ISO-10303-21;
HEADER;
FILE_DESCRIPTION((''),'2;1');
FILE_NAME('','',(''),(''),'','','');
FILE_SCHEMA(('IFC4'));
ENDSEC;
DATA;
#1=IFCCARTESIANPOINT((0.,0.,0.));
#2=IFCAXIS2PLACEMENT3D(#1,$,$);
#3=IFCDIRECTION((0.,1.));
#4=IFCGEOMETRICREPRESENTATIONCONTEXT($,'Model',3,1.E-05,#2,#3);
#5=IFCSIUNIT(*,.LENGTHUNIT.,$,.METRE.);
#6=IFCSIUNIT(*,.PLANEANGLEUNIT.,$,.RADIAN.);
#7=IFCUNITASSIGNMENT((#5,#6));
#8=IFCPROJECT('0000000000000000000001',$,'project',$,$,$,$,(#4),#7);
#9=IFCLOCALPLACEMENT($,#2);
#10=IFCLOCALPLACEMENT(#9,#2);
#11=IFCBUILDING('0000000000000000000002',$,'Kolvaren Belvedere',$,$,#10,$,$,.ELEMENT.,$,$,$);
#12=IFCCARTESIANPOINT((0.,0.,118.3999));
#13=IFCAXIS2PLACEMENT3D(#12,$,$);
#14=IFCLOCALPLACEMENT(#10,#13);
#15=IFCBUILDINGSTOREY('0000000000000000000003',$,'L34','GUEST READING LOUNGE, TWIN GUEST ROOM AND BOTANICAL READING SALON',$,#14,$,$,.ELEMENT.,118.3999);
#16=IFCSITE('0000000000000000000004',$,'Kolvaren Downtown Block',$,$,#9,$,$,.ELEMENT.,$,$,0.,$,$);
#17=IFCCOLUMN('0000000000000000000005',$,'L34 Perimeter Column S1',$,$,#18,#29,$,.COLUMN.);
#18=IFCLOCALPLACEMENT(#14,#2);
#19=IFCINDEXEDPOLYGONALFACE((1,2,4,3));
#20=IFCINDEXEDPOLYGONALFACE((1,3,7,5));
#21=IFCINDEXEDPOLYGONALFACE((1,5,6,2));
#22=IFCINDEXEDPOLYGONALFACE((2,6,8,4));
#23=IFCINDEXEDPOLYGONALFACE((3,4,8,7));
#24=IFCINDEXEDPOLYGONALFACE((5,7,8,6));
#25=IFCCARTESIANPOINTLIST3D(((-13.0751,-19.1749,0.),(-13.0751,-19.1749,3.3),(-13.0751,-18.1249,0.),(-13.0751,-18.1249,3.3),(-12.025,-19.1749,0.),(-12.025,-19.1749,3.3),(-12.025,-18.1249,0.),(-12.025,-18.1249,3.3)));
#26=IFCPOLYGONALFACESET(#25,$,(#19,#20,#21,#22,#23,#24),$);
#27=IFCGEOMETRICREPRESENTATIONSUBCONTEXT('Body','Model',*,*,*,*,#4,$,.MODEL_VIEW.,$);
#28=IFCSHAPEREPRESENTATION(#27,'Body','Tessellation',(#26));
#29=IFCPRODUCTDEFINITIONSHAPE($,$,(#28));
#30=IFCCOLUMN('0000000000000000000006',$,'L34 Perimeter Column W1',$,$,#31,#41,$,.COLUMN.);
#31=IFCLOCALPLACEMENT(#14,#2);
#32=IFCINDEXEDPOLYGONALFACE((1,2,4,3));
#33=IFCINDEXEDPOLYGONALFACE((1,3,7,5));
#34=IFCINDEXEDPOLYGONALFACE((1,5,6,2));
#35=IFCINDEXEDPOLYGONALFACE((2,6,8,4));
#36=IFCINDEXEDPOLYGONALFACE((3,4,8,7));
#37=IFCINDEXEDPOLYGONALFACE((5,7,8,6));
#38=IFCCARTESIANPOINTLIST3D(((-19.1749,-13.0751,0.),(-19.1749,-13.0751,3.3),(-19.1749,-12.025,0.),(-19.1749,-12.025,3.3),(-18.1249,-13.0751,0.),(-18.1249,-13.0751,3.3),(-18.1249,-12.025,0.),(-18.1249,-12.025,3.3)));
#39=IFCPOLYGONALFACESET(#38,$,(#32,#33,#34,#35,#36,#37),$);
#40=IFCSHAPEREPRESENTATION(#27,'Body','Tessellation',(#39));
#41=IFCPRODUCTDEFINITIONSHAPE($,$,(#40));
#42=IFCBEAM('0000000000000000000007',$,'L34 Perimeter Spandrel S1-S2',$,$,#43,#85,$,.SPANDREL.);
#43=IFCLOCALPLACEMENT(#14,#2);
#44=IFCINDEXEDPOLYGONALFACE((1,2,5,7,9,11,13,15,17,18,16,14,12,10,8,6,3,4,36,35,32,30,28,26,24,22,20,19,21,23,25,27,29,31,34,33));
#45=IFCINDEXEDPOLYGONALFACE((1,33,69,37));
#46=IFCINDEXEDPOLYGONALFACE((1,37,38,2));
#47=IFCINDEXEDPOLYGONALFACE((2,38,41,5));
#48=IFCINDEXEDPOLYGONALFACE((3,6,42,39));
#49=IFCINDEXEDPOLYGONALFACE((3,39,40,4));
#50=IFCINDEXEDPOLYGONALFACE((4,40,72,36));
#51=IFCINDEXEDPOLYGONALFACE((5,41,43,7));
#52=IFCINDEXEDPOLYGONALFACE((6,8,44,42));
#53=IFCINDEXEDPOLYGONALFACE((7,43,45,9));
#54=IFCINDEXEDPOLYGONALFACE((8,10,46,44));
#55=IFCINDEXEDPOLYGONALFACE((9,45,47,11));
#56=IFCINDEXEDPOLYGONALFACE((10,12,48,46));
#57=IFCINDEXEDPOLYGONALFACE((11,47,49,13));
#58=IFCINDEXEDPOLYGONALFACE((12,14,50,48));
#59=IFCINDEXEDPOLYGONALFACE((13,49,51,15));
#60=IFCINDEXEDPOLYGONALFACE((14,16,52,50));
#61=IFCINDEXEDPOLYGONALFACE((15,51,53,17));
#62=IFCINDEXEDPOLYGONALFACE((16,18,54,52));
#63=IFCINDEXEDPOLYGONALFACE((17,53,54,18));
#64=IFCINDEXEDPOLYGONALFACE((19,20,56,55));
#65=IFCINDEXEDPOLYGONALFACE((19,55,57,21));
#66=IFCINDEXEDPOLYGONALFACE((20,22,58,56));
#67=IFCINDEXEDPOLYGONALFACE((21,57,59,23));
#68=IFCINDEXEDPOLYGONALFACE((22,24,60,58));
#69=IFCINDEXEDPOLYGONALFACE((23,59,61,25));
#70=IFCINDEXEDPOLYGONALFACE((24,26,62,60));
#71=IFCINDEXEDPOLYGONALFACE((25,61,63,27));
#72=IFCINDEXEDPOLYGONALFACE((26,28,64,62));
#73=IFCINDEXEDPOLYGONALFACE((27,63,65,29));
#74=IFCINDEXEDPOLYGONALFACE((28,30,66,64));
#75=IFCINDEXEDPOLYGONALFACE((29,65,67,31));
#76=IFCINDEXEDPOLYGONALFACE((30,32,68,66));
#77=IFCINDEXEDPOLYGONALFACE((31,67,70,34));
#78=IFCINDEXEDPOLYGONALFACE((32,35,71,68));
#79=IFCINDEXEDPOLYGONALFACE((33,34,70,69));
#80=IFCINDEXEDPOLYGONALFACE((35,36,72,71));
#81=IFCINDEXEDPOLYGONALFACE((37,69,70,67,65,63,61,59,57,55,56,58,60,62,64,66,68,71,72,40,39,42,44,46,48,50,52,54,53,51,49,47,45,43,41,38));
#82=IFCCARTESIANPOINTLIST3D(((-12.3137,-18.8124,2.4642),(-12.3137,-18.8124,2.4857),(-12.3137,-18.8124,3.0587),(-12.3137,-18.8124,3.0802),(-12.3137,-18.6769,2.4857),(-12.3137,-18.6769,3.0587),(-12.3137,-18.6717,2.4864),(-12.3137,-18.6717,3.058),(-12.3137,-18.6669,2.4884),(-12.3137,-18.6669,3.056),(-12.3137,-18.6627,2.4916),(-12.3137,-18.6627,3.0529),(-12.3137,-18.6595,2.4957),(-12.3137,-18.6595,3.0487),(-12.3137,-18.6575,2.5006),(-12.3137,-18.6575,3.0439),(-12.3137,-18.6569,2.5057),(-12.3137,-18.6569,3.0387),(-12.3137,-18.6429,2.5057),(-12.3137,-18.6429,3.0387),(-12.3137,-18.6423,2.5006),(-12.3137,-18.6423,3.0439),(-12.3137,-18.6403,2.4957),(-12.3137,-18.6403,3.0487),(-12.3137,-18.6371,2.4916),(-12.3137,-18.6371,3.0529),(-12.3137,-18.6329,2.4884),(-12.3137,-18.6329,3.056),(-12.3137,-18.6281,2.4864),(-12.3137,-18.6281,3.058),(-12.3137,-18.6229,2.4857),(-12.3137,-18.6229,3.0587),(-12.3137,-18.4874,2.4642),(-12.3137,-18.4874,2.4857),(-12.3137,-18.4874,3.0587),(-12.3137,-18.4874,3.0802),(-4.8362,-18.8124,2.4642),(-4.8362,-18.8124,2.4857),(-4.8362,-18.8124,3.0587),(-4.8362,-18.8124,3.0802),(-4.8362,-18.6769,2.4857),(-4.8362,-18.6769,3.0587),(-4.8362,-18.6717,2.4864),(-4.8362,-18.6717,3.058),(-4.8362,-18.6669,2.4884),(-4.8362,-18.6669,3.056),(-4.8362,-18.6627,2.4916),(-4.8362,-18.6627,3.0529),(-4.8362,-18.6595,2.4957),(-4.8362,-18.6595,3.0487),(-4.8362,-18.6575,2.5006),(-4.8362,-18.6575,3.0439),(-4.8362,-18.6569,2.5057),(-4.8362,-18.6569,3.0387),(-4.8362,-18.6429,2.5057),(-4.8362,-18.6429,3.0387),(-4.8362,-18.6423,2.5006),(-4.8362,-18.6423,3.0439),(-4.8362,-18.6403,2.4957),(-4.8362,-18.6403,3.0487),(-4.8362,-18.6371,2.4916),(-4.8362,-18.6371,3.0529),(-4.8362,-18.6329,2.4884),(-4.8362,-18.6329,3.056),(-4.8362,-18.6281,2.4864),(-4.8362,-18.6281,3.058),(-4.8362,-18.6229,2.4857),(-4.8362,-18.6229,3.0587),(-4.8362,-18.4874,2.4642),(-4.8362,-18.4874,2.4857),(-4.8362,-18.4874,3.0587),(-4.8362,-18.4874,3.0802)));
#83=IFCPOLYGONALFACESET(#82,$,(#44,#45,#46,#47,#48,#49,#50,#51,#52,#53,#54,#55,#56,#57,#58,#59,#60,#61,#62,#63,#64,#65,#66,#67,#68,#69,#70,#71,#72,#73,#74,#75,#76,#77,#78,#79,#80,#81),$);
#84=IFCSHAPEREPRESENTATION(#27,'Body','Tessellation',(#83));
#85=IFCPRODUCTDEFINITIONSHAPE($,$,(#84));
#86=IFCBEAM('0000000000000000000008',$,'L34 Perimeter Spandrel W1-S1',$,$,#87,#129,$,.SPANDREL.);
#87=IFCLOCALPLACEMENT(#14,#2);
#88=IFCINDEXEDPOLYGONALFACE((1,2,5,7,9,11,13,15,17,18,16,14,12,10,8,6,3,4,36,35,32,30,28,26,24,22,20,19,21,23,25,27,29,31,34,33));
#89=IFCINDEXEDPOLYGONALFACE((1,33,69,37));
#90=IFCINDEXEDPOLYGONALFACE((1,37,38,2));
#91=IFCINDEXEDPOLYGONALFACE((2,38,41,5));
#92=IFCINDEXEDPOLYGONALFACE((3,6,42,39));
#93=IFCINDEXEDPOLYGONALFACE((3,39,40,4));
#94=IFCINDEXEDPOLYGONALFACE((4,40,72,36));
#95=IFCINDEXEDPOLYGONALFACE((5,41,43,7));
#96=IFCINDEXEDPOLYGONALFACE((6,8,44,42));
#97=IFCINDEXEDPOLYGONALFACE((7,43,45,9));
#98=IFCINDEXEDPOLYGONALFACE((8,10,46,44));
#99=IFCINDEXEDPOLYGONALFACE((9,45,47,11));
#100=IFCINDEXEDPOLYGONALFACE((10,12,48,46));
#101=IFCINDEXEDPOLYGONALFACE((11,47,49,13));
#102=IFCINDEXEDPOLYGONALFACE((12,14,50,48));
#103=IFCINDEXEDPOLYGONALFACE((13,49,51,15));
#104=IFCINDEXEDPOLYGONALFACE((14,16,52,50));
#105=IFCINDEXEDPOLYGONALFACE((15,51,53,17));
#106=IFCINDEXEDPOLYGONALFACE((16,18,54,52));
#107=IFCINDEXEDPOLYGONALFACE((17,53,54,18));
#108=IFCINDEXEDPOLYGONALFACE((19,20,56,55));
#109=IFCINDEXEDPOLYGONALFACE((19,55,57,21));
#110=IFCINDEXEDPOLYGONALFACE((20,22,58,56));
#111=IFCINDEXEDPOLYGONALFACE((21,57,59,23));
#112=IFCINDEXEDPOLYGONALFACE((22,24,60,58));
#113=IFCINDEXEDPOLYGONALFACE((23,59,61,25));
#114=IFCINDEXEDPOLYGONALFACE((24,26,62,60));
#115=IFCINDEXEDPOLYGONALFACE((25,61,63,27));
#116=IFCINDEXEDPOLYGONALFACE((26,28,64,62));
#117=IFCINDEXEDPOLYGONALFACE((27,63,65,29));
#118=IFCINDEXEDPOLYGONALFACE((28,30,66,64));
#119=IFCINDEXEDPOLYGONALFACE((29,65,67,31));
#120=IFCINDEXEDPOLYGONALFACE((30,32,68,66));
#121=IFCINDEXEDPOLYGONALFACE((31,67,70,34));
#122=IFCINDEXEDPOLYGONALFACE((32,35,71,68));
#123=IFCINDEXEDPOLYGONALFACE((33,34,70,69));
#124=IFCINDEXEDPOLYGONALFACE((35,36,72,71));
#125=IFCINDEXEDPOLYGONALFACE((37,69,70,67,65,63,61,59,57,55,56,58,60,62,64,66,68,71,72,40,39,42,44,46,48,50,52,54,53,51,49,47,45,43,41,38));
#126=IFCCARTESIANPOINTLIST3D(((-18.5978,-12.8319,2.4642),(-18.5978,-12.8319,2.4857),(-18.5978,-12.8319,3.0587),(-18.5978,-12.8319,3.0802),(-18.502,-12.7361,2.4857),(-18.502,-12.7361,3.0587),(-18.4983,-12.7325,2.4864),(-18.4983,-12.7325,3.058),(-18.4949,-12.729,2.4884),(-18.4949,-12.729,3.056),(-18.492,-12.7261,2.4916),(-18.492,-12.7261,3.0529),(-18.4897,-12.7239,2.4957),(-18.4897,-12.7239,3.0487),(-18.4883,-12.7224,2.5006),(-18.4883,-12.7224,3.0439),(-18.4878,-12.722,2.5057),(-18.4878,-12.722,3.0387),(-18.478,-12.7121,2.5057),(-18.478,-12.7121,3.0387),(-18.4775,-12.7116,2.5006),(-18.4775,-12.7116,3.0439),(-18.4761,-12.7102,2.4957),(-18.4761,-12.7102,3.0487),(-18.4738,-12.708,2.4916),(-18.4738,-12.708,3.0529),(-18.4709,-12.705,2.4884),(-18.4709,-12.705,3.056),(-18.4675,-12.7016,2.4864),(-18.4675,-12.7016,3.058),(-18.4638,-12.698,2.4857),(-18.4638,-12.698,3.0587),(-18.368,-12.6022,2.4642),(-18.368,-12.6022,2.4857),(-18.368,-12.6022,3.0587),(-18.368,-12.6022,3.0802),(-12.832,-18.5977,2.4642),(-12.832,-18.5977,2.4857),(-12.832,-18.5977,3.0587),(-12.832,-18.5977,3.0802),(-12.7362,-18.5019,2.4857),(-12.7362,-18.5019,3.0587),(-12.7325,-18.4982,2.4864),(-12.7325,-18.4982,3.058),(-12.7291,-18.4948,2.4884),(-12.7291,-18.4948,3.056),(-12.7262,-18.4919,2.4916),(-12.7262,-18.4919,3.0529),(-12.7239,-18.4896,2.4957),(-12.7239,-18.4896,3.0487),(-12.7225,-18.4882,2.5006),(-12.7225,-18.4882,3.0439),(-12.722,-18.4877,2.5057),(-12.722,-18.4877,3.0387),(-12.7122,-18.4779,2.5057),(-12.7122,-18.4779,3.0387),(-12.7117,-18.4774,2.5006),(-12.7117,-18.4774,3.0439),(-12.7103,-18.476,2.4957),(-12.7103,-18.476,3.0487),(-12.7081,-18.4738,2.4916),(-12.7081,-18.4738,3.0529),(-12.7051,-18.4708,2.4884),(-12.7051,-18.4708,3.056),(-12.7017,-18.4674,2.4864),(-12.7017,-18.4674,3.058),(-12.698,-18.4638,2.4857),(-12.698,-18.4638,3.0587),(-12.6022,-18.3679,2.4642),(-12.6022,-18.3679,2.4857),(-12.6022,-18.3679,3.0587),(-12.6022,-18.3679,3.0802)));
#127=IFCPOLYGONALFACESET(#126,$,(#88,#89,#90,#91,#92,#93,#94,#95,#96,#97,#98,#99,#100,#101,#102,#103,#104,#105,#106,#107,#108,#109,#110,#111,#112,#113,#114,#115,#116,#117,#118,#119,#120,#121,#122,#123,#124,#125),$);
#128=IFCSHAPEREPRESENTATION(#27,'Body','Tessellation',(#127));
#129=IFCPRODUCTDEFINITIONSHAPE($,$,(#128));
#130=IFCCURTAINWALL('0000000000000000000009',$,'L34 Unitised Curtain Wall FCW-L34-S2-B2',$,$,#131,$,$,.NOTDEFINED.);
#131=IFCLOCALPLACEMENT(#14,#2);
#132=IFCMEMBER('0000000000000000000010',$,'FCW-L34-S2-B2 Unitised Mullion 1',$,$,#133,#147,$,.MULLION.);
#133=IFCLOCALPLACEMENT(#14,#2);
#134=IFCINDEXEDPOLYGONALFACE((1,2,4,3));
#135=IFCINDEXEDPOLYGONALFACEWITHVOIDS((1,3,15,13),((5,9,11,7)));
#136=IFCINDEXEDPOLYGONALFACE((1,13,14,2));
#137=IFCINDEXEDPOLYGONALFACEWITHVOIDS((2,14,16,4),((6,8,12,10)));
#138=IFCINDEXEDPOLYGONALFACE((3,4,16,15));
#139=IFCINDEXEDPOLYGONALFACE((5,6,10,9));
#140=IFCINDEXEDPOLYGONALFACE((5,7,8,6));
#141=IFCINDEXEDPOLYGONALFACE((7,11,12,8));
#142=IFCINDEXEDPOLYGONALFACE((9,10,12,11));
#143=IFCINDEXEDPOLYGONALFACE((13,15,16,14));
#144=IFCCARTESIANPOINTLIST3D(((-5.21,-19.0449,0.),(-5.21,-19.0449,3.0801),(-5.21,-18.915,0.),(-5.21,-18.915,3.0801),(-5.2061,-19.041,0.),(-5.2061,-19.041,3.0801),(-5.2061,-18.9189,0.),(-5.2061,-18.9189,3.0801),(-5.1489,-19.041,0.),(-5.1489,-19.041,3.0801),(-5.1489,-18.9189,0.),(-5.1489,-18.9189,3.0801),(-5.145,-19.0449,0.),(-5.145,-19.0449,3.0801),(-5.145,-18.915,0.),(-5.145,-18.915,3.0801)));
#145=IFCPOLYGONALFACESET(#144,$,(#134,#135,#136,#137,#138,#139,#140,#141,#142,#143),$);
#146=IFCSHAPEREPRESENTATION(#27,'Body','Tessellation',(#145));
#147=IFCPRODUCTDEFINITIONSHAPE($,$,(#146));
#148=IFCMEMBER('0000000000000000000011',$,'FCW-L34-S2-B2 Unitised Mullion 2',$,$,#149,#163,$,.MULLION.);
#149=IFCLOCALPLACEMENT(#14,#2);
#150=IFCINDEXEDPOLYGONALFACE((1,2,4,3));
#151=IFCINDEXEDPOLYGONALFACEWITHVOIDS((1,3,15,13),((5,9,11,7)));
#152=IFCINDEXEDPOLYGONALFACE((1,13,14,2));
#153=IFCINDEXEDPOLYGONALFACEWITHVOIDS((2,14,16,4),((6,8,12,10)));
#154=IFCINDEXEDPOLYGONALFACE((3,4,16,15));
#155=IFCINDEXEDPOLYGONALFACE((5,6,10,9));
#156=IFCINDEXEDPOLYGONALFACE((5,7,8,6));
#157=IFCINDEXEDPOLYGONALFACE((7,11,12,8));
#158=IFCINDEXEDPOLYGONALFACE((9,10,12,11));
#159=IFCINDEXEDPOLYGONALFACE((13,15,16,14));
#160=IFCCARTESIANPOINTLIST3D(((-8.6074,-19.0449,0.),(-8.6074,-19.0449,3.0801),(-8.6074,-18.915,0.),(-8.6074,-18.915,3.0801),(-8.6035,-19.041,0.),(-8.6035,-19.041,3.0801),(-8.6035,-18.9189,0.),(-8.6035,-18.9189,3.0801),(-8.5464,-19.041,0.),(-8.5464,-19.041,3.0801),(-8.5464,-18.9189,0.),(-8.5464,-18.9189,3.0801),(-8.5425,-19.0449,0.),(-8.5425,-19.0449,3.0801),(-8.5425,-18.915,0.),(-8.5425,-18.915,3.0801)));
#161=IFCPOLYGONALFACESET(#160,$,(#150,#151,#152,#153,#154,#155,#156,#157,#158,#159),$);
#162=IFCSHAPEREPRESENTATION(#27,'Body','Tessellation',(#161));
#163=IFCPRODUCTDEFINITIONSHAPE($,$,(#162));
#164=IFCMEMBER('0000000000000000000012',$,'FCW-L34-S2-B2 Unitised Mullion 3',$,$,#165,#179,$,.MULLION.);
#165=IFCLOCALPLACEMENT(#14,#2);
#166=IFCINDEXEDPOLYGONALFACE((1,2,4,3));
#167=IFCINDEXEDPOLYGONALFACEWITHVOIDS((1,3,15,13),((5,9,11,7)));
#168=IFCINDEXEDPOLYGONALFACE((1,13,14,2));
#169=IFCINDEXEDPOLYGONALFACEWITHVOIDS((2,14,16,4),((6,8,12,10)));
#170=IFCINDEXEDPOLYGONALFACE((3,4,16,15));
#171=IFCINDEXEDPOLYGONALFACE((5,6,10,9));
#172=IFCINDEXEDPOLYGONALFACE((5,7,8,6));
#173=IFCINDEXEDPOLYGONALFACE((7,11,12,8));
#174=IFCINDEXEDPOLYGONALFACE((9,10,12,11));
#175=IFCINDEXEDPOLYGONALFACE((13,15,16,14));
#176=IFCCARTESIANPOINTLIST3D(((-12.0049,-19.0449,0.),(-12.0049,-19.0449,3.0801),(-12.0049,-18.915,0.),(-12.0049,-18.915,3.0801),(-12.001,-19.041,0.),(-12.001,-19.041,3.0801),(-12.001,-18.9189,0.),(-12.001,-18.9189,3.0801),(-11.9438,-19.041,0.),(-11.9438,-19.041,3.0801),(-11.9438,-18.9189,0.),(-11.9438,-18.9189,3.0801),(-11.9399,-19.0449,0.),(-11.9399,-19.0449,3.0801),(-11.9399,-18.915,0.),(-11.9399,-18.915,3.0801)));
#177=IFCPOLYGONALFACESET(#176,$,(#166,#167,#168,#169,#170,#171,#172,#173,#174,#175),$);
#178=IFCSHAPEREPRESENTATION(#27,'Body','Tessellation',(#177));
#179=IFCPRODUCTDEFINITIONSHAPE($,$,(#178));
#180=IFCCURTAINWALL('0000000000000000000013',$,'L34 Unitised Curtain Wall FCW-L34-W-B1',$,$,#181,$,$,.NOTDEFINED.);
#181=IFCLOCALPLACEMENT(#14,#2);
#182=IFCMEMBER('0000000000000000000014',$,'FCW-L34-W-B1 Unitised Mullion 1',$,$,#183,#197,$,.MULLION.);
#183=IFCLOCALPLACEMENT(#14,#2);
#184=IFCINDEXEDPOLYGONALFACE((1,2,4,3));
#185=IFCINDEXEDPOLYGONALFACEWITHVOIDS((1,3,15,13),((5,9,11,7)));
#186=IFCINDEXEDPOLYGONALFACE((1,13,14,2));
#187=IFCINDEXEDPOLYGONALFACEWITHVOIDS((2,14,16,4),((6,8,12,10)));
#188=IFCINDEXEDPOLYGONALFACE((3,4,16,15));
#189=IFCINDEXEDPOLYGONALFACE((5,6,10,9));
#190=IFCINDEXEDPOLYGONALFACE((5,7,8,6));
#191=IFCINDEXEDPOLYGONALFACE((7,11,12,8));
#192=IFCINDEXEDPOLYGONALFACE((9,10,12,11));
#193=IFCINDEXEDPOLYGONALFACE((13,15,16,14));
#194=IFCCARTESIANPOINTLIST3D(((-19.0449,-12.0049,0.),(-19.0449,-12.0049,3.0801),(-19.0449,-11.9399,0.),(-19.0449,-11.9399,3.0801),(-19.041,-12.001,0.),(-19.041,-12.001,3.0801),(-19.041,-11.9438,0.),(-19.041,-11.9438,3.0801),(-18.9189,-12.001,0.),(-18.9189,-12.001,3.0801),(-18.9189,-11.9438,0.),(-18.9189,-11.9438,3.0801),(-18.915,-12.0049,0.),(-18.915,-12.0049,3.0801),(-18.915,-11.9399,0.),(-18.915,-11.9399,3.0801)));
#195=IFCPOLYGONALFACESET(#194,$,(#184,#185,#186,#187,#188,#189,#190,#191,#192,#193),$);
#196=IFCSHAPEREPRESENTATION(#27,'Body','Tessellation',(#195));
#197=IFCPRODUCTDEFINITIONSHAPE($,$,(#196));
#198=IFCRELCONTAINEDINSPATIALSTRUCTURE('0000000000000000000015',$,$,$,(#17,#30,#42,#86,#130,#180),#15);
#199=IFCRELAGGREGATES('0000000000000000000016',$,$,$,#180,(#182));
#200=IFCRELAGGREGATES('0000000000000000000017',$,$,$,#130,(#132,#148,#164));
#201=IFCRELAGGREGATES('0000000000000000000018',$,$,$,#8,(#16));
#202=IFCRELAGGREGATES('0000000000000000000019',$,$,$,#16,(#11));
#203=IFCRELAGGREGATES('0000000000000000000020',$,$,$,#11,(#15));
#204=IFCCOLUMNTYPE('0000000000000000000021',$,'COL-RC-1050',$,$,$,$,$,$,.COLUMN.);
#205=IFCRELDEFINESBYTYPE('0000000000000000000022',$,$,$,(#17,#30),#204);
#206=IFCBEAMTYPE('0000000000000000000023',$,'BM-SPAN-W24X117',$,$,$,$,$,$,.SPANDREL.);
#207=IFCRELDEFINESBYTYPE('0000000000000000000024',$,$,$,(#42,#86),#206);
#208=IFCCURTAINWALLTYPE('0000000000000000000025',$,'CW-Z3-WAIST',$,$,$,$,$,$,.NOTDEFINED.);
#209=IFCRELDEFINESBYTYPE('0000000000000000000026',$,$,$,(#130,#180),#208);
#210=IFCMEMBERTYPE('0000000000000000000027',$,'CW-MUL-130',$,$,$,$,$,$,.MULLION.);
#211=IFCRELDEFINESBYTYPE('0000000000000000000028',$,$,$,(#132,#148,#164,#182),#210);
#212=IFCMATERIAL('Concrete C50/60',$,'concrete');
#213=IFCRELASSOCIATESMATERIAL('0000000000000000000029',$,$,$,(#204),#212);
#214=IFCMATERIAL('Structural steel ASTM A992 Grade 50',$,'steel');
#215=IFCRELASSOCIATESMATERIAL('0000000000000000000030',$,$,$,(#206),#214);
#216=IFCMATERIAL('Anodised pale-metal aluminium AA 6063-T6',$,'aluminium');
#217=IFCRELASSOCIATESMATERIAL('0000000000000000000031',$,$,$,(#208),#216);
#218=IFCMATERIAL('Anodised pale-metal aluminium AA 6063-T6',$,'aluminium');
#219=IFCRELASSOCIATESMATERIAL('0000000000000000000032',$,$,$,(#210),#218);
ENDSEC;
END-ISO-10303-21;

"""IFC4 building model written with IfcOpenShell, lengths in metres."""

from ifc_helpers import new_model, si_unit, direction, frame, origin, origin_2d, place, context, subcontext, project, spatial, rectangle, hollow_rectangle, i_section, extrude, material, material_profile, profile_set, type_object, element, aggregate, save


model = new_model("IFC4")

# Units and contexts
model_context = context("Model", 3, precision=1e-05, world=origin(), true_north=direction((0.0, 1.0)))
body_context = subcontext(model_context, "Body", "Model", "MODEL_VIEW")
ifc_project = project(units=[si_unit("LENGTHUNIT", "METRE"), si_unit("PLANEANGLEUNIT", "RADIAN")], contexts=[model_context])

# Site, building, storey
site_placement = place(None, origin())
site = spatial("IfcSite", under=ifc_project, at=site_placement, Name="Kolvaren Downtown Block", CompositionType="ELEMENT", RefElevation=0.0)
building_placement = place(site_placement, origin())
building = spatial("IfcBuilding", under=site, at=building_placement, Name="Kolvaren Belvedere", CompositionType="ELEMENT")
storey_placement = place(building_placement, frame((0.0, 0.0, 118.3999)))
storey = spatial("IfcBuildingStorey", under=building, at=storey_placement, Name="L34", Description="GUEST READING LOUNGE, TWIN GUEST ROOM AND BOTANICAL READING SALON", CompositionType="ELEMENT", Elevation=118.3999)

# Columns
ifc_material_1 = material(Name="Concrete C50/60", Category="concrete")
ifc_material_profile_1 = material_profile(ifc_material_1, rectangle(XDim=1.05, YDim=1.05, at=origin_2d()), Name="RC 1050X1050")
ifc_profile_set_1 = profile_set([ifc_material_profile_1], Name="Concrete C50/60")
column_type = type_object("IfcColumnType", Name="COL-RC-1050", PredefinedType="COLUMN", material=ifc_profile_set_1)
for number, where, z_axis, x_axis, name in (
    (1, (-12.55, -18.6499, 0.0), (0.0, 0.0, 1.0), (1.0, 0.0, 0.0), "L34 Perimeter Column S1"),
    (2, (-18.6499, -12.55, 0.0), (0.0, 0.0, 1.0), (1.0, 0.0, 0.0), "L34 Perimeter Column W1"),
):
    element("IfcColumn", number, at=place(storey_placement, frame(where, z_axis=z_axis, x_axis=x_axis)), inside=storey, type_object=column_type, Name=name, PredefinedType="COLUMN", context=body_context, shape_type="SweptSolid", body=[
        extrude(rectangle(XDim=1.05, YDim=1.05, at=origin_2d()), origin(), (0.0, 0.0, 1.0), 3.3),
    ])

# Beams
ifc_material_2 = material(Name="Structural steel ASTM A992 Grade 50", Category="steel")
ifc_material_profile_2 = material_profile(ifc_material_2, i_section(OverallWidth=0.325, OverallDepth=0.616, WebThickness=0.0139, FlangeThickness=0.0215, FilletRadius=0.02, at=origin_2d()), Name="W24X117")
ifc_profile_set_2 = profile_set([ifc_material_profile_2], Name="Structural steel ASTM A992 Grade 50")
beam_type = type_object("IfcBeamType", Name="BM-SPAN-W24X117", PredefinedType="SPANDREL", material=ifc_profile_set_2)
beam_1_placement = place(storey_placement, frame((-12.3137, -18.6499, 2.7722), z_axis=(1.0, 0.0, 0.0), x_axis=(0.0, 1.0, 0.0)))
element("IfcBeam", 3, at=beam_1_placement, inside=storey, type_object=beam_type, Name="L34 Perimeter Spandrel S1-S2", PredefinedType="SPANDREL", context=body_context, shape_type="SweptSolid", body=[
    extrude(i_section(OverallWidth=0.325, OverallDepth=0.616, WebThickness=0.0139, FlangeThickness=0.0215, FilletRadius=0.02, at=origin_2d()), origin(), (0.0, 0.0, 1.0), 7.4775),
])
beam_2_placement = place(storey_placement, frame((-18.4829, -12.717, 2.7722), z_axis=(0.707107, -0.707107, 0.0), x_axis=(0.707107, 0.707107, 0.0)))
element("IfcBeam", 4, at=beam_2_placement, inside=storey, type_object=beam_type, Name="L34 Perimeter Spandrel W1-S1", PredefinedType="SPANDREL", context=body_context, shape_type="SweptSolid", body=[
    extrude(i_section(OverallWidth=0.325, OverallDepth=0.616, WebThickness=0.0139, FlangeThickness=0.0215, FilletRadius=0.02, at=origin_2d()), origin(), (0.0, 0.0, 1.0), 8.1541),
])

# Curtain walls, members
ifc_material_3 = material(Name="Anodised pale-metal aluminium AA 6063-T6", Category="aluminium")
curtain_wall_type = type_object("IfcCurtainWallType", Name="CW-Z3-WAIST", PredefinedType="NOTDEFINED", material=ifc_material_3)
curtain_wall_1_placement = place(storey_placement, origin())
curtain_wall_1 = element("IfcCurtainWall", 5, at=curtain_wall_1_placement, inside=storey, type_object=curtain_wall_type, Name="L34 Unitised Curtain Wall FCW-L34-S2-B2", PredefinedType="NOTDEFINED")
ifc_material_4 = material(Name="Anodised pale-metal aluminium AA 6063-T6", Category="aluminium")
ifc_material_profile_3 = material_profile(ifc_material_4, hollow_rectangle(XDim=0.0649, YDim=0.1299, WallThickness=0.0039, at=origin_2d()), Name="ALU-MUL-130X65")
ifc_profile_set_3 = profile_set([ifc_material_profile_3], Name="Anodised pale-metal aluminium AA 6063-T6")
member_type_1 = type_object("IfcMemberType", Name="CW-MUL-130", PredefinedType="MULLION", material=ifc_profile_set_3)
member_1_placement = place(storey_placement, frame((-5.1775, -18.98, 0.0), z_axis=(0.0, 0.0, 1.0), x_axis=(1.0, 0.0, 0.0)))
member_1 = element("IfcMember", 6, at=member_1_placement, type_object=member_type_1, Name="FCW-L34-S2-B2 Unitised Mullion 1", PredefinedType="MULLION", context=body_context, shape_type="SweptSolid", body=[
    extrude(hollow_rectangle(XDim=0.0649, YDim=0.1299, WallThickness=0.0039, at=origin_2d()), origin(), (0.0, 0.0, 1.0), 3.0801),
])
member_2_placement = place(storey_placement, frame((-8.575, -18.98, 0.0), z_axis=(0.0, 0.0, 1.0), x_axis=(1.0, 0.0, 0.0)))
member_2 = element("IfcMember", 7, at=member_2_placement, type_object=member_type_1, Name="FCW-L34-S2-B2 Unitised Mullion 2", PredefinedType="MULLION", context=body_context, shape_type="SweptSolid", body=[
    extrude(hollow_rectangle(XDim=0.0649, YDim=0.1299, WallThickness=0.0039, at=origin_2d()), origin(), (0.0, 0.0, 1.0), 3.0801),
])
member_3_placement = place(storey_placement, frame((-11.9724, -18.98, 0.0), z_axis=(0.0, 0.0, 1.0), x_axis=(1.0, 0.0, 0.0)))
member_3 = element("IfcMember", 8, at=member_3_placement, type_object=member_type_1, Name="FCW-L34-S2-B2 Unitised Mullion 3", PredefinedType="MULLION", context=body_context, shape_type="SweptSolid", body=[
    extrude(hollow_rectangle(XDim=0.0649, YDim=0.1299, WallThickness=0.0039, at=origin_2d()), origin(), (0.0, 0.0, 1.0), 3.0801),
])
curtain_wall_2_placement = place(storey_placement, origin())
curtain_wall_2 = element("IfcCurtainWall", 9, at=curtain_wall_2_placement, inside=storey, type_object=curtain_wall_type, Name="L34 Unitised Curtain Wall FCW-L34-W-B1", PredefinedType="NOTDEFINED")
member_4_placement = place(storey_placement, frame((-18.98, -11.9724, 0.0), z_axis=(0.0, 0.0, 1.0), x_axis=(0.0, 1.0, 0.0)))
member_4 = element("IfcMember", 10, at=member_4_placement, type_object=member_type_1, Name="FCW-L34-W-B1 Unitised Mullion 1", PredefinedType="MULLION", context=body_context, shape_type="SweptSolid", body=[
    extrude(hollow_rectangle(XDim=0.0649, YDim=0.1299, WallThickness=0.0039, at=origin_2d()), origin(), (0.0, 0.0, 1.0), 3.0801),
])
aggregate(curtain_wall_2, [member_4])

aggregate(curtain_wall_1, [member_1, member_2, member_3])

save(model, "model.ifc")
